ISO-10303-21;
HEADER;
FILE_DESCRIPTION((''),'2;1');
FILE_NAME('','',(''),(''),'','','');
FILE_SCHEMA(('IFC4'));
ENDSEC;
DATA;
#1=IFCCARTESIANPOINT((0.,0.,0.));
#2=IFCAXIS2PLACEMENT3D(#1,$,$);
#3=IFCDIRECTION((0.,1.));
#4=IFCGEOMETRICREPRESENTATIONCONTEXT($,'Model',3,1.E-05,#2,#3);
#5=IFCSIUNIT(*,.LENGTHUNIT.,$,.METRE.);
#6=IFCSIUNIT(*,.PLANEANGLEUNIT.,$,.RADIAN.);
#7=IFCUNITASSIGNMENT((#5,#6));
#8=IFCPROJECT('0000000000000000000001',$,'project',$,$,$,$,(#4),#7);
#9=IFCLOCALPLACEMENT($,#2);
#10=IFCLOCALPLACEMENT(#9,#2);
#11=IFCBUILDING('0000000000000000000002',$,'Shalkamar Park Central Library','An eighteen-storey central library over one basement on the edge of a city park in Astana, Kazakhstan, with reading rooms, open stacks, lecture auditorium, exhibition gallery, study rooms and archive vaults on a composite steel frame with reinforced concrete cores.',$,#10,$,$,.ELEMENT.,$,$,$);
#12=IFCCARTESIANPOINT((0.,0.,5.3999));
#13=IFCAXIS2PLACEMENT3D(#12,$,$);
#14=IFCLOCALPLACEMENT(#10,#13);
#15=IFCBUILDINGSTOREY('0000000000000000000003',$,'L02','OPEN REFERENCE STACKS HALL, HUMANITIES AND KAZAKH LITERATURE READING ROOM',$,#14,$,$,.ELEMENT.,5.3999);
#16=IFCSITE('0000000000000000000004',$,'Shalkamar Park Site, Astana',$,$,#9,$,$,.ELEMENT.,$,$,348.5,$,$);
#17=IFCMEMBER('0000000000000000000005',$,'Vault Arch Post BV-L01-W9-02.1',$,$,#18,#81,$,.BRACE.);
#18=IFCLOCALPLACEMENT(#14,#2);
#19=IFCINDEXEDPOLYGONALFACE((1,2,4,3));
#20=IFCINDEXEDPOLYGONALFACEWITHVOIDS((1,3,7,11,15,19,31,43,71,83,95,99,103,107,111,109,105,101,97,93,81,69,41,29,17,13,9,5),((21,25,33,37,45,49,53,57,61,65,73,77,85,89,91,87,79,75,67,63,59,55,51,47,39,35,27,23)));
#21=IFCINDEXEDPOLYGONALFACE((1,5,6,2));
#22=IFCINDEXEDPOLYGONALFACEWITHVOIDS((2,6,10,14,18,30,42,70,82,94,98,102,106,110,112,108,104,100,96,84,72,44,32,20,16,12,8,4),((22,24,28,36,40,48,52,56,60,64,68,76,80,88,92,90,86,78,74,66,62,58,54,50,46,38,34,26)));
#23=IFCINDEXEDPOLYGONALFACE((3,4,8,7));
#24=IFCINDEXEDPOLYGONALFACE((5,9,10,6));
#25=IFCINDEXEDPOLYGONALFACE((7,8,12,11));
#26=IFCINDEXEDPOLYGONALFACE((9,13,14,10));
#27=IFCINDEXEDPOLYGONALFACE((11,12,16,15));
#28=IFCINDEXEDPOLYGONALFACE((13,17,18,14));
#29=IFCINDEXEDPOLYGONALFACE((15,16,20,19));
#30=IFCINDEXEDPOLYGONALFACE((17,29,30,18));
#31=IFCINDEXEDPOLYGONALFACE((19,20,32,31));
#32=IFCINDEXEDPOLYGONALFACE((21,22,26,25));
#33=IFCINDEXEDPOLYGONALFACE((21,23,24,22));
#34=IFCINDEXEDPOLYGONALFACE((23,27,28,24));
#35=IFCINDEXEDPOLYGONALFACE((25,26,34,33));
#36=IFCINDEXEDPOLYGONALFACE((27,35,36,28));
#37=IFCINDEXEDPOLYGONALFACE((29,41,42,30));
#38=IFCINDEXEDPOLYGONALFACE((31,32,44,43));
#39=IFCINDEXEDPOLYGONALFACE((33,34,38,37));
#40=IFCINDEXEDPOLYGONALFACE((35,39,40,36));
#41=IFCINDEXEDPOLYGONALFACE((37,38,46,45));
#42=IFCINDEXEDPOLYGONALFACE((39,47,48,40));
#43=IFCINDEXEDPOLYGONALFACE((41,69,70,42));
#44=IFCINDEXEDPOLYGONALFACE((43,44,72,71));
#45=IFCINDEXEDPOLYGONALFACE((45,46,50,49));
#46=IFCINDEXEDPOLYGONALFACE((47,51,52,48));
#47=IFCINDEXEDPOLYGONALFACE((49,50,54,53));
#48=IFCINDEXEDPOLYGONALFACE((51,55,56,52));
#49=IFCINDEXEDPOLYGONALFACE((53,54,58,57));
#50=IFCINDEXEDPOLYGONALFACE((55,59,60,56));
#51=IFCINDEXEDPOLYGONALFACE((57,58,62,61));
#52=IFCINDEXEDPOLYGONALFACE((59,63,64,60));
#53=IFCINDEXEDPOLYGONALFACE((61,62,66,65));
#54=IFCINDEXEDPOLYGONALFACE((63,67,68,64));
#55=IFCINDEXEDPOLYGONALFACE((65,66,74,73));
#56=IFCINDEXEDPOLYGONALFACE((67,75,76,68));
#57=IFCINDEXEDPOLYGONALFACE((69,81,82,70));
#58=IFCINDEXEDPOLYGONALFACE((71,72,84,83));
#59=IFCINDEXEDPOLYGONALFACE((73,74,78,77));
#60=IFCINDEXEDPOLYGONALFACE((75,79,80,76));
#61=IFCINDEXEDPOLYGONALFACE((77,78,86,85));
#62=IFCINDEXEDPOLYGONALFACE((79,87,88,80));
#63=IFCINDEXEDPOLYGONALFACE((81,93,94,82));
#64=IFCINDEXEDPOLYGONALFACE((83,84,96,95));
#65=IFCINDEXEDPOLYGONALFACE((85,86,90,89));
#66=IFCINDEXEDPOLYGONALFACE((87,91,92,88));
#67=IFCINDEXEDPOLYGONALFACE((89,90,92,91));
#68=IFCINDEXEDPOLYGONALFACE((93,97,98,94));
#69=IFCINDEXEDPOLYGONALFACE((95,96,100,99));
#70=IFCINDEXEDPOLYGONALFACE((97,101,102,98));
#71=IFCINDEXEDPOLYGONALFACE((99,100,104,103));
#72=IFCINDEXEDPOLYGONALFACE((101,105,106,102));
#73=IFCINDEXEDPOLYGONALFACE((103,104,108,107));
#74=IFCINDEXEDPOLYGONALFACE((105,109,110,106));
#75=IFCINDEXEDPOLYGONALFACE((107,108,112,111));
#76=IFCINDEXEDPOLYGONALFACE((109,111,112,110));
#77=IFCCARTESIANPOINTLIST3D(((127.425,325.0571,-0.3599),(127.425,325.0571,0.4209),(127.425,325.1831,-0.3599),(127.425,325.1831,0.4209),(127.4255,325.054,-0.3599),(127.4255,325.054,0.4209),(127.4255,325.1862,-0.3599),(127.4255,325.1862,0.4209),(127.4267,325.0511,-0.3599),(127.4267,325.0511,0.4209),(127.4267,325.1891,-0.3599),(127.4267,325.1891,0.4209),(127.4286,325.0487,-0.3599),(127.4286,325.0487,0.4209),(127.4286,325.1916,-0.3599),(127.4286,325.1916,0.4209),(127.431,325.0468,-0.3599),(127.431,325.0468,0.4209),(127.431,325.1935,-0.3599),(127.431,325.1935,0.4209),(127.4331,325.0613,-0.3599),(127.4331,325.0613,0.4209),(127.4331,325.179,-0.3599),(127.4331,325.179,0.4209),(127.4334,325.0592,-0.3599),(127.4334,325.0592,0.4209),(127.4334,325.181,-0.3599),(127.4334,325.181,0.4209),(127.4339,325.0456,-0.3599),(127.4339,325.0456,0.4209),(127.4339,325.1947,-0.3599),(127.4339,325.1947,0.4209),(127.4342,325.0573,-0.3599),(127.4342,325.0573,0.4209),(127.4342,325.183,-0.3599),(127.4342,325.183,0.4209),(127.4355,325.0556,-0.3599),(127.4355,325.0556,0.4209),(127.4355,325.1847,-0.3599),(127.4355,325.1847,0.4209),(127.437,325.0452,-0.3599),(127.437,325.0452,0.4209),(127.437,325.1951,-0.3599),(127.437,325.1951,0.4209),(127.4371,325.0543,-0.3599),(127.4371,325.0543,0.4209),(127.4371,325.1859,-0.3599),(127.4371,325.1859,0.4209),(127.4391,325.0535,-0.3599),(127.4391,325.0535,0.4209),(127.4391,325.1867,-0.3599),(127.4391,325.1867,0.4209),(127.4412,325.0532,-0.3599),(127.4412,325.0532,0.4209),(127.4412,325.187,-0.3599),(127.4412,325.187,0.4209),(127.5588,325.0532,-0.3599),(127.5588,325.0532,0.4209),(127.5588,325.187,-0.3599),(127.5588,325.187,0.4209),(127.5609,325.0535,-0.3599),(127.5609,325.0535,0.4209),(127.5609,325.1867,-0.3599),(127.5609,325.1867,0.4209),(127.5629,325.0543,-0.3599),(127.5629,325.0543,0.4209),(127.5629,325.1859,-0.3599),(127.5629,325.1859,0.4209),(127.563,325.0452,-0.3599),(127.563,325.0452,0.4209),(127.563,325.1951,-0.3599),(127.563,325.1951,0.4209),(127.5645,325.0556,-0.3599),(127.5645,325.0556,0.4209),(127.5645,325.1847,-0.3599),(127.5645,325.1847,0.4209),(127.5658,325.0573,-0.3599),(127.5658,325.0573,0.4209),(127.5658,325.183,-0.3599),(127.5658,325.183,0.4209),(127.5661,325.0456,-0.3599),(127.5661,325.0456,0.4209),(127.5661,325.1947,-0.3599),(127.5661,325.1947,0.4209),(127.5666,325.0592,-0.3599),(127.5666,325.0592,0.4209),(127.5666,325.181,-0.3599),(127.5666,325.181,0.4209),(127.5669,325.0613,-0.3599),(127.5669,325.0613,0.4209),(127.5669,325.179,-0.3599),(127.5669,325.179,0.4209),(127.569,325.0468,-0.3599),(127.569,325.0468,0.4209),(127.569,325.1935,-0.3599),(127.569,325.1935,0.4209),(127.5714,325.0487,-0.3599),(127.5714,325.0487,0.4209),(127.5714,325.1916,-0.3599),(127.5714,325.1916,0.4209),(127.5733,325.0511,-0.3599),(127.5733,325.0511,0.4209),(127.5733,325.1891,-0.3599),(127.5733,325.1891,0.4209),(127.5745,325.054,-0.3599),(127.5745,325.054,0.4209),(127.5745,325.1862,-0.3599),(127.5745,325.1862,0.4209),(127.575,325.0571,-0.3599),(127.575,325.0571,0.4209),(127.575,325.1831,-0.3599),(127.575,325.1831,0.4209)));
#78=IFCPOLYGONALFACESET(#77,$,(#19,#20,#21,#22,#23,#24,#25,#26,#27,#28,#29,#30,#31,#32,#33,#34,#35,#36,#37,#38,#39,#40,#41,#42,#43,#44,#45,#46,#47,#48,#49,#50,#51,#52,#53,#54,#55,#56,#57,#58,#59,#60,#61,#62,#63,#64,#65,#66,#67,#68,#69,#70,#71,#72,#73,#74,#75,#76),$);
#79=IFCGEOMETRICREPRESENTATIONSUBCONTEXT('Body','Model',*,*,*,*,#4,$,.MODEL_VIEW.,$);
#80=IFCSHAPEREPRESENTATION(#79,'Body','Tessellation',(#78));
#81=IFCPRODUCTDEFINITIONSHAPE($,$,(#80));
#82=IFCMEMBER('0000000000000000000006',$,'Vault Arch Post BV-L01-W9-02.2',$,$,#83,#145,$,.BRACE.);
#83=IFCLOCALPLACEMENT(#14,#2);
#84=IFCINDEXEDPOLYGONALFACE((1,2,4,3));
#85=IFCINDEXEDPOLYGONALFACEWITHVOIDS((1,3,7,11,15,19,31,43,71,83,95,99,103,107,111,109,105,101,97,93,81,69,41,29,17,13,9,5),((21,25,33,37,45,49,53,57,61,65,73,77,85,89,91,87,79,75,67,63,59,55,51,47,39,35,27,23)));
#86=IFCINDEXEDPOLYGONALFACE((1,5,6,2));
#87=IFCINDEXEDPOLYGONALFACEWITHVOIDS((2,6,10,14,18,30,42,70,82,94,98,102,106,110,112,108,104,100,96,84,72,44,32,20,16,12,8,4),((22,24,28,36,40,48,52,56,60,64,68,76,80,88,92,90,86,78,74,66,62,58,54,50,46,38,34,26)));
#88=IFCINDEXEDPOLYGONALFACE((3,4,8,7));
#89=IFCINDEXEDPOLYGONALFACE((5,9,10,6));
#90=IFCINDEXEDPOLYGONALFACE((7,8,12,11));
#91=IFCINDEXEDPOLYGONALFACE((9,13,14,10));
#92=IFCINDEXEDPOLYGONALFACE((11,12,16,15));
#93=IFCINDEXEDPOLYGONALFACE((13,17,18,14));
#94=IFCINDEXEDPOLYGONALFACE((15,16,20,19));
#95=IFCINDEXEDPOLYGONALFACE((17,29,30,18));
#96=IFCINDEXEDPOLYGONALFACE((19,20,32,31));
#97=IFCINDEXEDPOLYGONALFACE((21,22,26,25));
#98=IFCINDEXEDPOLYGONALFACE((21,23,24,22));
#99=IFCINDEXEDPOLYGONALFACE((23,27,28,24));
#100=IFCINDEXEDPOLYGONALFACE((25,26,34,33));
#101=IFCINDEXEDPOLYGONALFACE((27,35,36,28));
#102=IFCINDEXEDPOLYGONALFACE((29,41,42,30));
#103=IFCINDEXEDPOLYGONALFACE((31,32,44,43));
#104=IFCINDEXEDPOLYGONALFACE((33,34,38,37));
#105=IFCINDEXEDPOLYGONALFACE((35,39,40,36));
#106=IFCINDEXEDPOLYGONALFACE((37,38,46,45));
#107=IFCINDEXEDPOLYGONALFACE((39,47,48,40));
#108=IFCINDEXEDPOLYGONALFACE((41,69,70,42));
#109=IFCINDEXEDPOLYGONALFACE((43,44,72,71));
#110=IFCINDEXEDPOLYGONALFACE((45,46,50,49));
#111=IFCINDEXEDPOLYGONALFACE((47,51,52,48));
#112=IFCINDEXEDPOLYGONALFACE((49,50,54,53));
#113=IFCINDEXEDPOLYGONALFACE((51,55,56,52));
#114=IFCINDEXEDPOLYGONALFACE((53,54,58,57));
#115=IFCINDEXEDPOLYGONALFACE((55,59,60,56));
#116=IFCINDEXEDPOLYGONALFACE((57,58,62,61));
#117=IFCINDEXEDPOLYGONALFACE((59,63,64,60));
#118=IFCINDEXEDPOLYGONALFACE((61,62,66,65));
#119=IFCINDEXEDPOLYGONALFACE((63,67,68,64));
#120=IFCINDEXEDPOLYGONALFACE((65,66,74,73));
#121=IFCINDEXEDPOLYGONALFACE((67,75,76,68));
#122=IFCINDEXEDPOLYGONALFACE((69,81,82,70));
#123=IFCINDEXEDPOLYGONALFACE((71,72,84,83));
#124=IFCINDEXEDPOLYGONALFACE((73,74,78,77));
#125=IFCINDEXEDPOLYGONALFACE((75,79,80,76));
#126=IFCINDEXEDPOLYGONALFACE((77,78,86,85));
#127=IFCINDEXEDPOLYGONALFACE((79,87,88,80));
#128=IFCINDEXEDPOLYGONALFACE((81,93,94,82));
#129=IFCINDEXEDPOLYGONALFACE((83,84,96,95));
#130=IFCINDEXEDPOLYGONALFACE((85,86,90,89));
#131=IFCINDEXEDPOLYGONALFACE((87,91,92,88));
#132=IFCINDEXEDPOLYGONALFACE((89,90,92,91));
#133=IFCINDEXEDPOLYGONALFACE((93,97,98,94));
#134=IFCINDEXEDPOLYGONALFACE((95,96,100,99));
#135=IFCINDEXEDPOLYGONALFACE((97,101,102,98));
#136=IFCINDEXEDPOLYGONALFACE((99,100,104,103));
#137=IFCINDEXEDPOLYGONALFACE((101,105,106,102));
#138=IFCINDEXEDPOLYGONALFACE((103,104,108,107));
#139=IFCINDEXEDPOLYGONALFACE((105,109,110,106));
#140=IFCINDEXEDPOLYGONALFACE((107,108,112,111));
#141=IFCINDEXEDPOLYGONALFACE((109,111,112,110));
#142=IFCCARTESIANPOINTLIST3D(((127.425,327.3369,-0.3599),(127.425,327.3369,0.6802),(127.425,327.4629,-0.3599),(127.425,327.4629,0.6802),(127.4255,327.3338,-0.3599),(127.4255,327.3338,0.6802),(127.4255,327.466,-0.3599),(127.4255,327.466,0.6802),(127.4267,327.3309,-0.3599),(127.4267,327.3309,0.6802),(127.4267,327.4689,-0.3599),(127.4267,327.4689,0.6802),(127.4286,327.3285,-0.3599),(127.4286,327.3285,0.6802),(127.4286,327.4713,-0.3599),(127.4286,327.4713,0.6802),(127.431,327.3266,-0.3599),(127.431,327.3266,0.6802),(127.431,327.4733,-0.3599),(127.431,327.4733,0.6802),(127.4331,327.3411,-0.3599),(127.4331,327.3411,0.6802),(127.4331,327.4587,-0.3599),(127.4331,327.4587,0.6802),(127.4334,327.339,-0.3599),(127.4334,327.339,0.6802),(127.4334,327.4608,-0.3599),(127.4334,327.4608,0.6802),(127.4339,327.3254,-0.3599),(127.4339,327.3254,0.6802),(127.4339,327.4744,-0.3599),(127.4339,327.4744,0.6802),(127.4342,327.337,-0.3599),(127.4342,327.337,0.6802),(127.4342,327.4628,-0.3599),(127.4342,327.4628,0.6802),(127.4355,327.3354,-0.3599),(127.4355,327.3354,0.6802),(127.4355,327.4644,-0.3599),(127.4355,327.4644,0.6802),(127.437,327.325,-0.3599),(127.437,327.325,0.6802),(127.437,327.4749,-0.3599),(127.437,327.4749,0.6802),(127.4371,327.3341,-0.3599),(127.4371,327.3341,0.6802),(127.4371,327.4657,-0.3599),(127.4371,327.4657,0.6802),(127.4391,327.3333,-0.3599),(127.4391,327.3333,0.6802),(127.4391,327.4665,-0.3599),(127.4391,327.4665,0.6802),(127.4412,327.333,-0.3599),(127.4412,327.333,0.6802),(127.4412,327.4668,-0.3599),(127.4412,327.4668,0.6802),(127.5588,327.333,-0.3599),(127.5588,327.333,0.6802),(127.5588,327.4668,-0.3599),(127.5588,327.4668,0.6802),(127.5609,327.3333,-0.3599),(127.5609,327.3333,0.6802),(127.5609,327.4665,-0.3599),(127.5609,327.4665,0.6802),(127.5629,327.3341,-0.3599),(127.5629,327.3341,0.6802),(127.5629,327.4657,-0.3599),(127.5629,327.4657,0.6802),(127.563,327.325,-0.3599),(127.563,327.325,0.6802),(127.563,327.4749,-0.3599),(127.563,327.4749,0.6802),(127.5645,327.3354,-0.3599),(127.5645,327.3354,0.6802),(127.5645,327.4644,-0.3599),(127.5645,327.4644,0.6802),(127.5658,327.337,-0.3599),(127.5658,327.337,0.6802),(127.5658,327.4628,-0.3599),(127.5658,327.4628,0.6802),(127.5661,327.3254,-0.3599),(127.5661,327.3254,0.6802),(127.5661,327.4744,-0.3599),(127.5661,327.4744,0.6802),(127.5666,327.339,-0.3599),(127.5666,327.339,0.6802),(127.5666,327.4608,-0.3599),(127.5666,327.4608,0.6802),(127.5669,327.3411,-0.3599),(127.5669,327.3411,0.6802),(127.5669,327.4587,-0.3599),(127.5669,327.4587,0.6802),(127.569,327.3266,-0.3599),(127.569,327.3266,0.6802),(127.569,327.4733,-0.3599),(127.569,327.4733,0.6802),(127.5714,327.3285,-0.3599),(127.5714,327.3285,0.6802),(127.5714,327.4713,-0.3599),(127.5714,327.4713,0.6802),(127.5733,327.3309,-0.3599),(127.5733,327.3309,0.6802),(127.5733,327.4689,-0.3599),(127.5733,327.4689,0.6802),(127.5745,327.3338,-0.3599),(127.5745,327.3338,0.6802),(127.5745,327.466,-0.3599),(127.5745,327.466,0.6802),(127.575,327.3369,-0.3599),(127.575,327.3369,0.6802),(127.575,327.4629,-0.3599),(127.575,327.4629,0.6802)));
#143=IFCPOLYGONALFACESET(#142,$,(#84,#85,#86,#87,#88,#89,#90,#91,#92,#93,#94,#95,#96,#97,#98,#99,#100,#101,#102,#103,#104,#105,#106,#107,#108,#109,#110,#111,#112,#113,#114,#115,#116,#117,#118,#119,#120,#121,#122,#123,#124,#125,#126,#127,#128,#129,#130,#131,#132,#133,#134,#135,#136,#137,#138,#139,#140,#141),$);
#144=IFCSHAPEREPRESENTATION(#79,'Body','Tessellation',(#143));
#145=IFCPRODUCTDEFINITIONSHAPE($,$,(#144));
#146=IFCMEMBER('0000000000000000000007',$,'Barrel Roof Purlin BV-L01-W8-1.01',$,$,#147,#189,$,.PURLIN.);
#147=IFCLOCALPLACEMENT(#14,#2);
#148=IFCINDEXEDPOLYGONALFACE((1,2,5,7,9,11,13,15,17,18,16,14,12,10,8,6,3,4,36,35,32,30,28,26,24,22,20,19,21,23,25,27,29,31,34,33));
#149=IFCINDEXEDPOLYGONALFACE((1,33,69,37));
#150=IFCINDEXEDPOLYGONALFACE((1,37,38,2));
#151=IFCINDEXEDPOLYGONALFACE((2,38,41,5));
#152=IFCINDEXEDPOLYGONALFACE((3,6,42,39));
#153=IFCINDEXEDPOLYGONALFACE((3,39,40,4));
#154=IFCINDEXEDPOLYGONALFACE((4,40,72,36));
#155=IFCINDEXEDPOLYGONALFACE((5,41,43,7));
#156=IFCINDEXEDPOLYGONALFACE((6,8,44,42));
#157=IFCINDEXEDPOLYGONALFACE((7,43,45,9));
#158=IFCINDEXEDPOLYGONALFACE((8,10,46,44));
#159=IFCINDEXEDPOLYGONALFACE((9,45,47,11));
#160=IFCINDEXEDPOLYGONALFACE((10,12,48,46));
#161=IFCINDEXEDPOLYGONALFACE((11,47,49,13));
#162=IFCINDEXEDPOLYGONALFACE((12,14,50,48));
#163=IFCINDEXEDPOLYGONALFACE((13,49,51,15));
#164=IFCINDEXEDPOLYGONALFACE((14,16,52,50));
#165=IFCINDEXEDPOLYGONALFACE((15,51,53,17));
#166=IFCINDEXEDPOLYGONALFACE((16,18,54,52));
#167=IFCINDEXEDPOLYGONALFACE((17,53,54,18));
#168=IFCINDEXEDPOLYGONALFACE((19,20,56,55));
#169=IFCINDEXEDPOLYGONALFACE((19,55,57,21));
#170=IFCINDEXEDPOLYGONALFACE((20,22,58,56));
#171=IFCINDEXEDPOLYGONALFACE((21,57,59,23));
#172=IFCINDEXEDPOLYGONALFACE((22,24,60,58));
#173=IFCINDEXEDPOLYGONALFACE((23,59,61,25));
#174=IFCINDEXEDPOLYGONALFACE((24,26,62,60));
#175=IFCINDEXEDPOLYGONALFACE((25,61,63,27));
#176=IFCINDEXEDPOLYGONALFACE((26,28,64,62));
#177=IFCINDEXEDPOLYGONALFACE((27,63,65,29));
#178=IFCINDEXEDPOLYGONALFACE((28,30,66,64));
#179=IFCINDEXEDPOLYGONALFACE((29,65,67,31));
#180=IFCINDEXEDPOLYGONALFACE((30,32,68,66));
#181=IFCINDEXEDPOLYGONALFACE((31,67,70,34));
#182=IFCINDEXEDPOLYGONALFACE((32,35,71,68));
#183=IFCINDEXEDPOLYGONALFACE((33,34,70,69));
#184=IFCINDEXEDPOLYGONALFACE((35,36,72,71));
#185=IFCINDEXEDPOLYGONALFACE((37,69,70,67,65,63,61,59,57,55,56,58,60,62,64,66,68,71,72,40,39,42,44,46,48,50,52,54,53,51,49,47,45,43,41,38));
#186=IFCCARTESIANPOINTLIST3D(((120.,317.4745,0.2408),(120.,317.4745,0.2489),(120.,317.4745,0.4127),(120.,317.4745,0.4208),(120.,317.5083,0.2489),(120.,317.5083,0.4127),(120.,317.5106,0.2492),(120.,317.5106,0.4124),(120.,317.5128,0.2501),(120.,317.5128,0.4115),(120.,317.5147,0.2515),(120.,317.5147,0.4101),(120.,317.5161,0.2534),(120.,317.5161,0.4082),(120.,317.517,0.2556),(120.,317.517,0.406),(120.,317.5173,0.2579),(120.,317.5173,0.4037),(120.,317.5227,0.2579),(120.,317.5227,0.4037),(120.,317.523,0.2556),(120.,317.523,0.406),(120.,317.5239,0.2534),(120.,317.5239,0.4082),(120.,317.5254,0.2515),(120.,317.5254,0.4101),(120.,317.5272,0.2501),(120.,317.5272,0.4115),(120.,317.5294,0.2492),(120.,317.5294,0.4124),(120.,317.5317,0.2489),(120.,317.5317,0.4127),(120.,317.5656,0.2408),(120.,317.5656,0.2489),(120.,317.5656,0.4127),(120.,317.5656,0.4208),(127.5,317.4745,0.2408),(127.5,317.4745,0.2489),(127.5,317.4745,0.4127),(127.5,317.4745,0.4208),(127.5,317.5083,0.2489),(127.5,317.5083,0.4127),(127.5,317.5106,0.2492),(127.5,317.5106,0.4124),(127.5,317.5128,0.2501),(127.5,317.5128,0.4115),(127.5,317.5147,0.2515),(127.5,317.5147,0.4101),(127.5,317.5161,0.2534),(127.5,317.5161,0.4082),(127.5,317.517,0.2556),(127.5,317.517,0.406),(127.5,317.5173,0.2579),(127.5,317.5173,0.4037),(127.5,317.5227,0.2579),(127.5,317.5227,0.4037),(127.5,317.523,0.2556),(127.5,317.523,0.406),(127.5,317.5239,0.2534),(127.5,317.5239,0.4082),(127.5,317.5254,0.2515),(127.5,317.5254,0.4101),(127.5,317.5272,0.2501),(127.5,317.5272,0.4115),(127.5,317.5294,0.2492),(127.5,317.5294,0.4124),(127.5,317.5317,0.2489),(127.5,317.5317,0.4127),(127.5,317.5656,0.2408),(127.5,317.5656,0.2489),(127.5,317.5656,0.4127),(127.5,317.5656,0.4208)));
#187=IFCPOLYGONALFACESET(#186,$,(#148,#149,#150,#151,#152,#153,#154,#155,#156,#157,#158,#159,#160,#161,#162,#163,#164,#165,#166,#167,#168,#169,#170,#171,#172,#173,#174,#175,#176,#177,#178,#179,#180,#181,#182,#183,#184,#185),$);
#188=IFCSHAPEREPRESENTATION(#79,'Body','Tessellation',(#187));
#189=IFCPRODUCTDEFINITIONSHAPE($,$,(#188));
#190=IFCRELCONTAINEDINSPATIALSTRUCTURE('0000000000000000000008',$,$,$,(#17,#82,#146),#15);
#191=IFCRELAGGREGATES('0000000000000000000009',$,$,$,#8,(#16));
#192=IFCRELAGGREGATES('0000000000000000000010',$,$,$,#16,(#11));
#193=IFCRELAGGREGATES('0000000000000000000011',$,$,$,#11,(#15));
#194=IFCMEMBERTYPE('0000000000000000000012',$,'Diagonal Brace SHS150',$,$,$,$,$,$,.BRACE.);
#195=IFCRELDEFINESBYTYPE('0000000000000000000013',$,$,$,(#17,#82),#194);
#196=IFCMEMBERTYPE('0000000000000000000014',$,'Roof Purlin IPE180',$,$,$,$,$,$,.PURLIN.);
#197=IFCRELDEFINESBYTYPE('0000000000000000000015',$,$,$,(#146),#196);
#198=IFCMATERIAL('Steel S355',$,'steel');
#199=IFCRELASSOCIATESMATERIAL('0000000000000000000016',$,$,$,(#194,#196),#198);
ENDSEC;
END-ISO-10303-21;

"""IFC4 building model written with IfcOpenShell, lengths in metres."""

from ifc_helpers import new_model, si_unit, direction, frame, origin, origin_2d, place, context, subcontext, project, spatial, hollow_rectangle, i_section, extrude, material, material_profile, profile_set, type_object, element, save


model = new_model("IFC4")

# Units and contexts
model_context = context("Model", 3, precision=1e-05, world=origin(), true_north=direction((0.0, 1.0)))
body_context = subcontext(model_context, "Body", "Model", "MODEL_VIEW")
ifc_project = project(units=[si_unit("LENGTHUNIT", "METRE"), si_unit("PLANEANGLEUNIT", "RADIAN")], contexts=[model_context])

# Site, building, storey
site_placement = place(None, origin())
site = spatial("IfcSite", under=ifc_project, at=site_placement, Name="Shalkamar Park Site, Astana", CompositionType="ELEMENT", RefElevation=348.5)
building_placement = place(site_placement, origin())
building = spatial("IfcBuilding", under=site, at=building_placement, Name="Shalkamar Park Central Library", Description="An eighteen-storey central library over one basement on the edge of a city park in Astana, Kazakhstan, with reading rooms, open stacks, lecture auditorium, exhibition gallery, study rooms and archive vaults on a composite steel frame with reinforced concrete cores.", CompositionType="ELEMENT")
storey_placement = place(building_placement, frame((0.0, 0.0, 5.3999)))
storey = spatial("IfcBuildingStorey", under=building, at=storey_placement, Name="L02", Description="OPEN REFERENCE STACKS HALL, HUMANITIES AND KAZAKH LITERATURE READING ROOM", CompositionType="ELEMENT", Elevation=5.3999)

# Members
ifc_material_1 = material(Name="Steel S355", Category="steel")
ifc_material_profile_1 = material_profile(ifc_material_1, hollow_rectangle(XDim=0.1499, YDim=0.1499, WallThickness=0.0081, InnerFilletRadius=0.0081, OuterFilletRadius=0.012, at=origin_2d()), Name="SHS 150x150x8")
ifc_profile_set_1 = profile_set([ifc_material_profile_1], Name="Steel S355")
member_type_1 = type_object("IfcMemberType", Name="Diagonal Brace SHS150", PredefinedType="BRACE", material=ifc_profile_set_1)
for number, where, z_axis, x_axis, name in (
    (1, (127.5, 325.1201, -0.3599), (0.0, 0.0, 1.0), (1.0, 0.0, 0.0), "Vault Arch Post BV-L01-W9-02.1"),
):
    element("IfcMember", number, at=place(storey_placement, frame(where, z_axis=z_axis, x_axis=x_axis)), inside=storey, type_object=member_type_1, Name=name, PredefinedType="BRACE", context=body_context, shape_type="SweptSolid", body=[
        extrude(hollow_rectangle(XDim=0.1499, YDim=0.1499, WallThickness=0.0081, InnerFilletRadius=0.0081, OuterFilletRadius=0.012, at=origin_2d()), origin(), (0.0, 0.0, 1.0), 0.7808),
    ])
member_1_placement = place(storey_placement, frame((127.5, 327.3999, -0.3599), z_axis=(0.0, 0.0, 1.0), x_axis=(1.0, 0.0, 0.0)))
element("IfcMember", 2, at=member_1_placement, inside=storey, type_object=member_type_1, Name="Vault Arch Post BV-L01-W9-02.2", PredefinedType="BRACE", context=body_context, shape_type="SweptSolid", body=[
    extrude(hollow_rectangle(XDim=0.1499, YDim=0.1499, WallThickness=0.0081, InnerFilletRadius=0.0081, OuterFilletRadius=0.012, at=origin_2d()), origin(), (0.0, 0.0, 1.0), 1.04),
])
ifc_material_profile_2 = material_profile(ifc_material_1, i_section(OverallWidth=0.0911, OverallDepth=0.1799, WebThickness=0.0054, FlangeThickness=0.0081, FilletRadius=0.009, at=origin_2d()), Name="IPE 180")
ifc_profile_set_2 = profile_set([ifc_material_profile_2], Name="Steel S355")
member_type_2 = type_object("IfcMemberType", Name="Roof Purlin IPE180", PredefinedType="PURLIN", material=ifc_profile_set_2)
for number, where, z_axis, x_axis, name in (
    (3, (120.0, 317.52, 0.3308), (1.0, 0.0, 0.0), (0.0, 1.0, 0.0), "Barrel Roof Purlin BV-L01-W8-1.01"),
):
    element("IfcMember", number, at=place(storey_placement, frame(where, z_axis=z_axis, x_axis=x_axis)), inside=storey, type_object=member_type_2, Name=name, PredefinedType="PURLIN", context=body_context, shape_type="SweptSolid", body=[
        extrude(i_section(OverallWidth=0.0911, OverallDepth=0.1799, WebThickness=0.0054, FlangeThickness=0.0081, FilletRadius=0.009, at=origin_2d()), origin(), (0.0, 0.0, 1.0), 7.5),
    ])

save(model, "model.ifc")
